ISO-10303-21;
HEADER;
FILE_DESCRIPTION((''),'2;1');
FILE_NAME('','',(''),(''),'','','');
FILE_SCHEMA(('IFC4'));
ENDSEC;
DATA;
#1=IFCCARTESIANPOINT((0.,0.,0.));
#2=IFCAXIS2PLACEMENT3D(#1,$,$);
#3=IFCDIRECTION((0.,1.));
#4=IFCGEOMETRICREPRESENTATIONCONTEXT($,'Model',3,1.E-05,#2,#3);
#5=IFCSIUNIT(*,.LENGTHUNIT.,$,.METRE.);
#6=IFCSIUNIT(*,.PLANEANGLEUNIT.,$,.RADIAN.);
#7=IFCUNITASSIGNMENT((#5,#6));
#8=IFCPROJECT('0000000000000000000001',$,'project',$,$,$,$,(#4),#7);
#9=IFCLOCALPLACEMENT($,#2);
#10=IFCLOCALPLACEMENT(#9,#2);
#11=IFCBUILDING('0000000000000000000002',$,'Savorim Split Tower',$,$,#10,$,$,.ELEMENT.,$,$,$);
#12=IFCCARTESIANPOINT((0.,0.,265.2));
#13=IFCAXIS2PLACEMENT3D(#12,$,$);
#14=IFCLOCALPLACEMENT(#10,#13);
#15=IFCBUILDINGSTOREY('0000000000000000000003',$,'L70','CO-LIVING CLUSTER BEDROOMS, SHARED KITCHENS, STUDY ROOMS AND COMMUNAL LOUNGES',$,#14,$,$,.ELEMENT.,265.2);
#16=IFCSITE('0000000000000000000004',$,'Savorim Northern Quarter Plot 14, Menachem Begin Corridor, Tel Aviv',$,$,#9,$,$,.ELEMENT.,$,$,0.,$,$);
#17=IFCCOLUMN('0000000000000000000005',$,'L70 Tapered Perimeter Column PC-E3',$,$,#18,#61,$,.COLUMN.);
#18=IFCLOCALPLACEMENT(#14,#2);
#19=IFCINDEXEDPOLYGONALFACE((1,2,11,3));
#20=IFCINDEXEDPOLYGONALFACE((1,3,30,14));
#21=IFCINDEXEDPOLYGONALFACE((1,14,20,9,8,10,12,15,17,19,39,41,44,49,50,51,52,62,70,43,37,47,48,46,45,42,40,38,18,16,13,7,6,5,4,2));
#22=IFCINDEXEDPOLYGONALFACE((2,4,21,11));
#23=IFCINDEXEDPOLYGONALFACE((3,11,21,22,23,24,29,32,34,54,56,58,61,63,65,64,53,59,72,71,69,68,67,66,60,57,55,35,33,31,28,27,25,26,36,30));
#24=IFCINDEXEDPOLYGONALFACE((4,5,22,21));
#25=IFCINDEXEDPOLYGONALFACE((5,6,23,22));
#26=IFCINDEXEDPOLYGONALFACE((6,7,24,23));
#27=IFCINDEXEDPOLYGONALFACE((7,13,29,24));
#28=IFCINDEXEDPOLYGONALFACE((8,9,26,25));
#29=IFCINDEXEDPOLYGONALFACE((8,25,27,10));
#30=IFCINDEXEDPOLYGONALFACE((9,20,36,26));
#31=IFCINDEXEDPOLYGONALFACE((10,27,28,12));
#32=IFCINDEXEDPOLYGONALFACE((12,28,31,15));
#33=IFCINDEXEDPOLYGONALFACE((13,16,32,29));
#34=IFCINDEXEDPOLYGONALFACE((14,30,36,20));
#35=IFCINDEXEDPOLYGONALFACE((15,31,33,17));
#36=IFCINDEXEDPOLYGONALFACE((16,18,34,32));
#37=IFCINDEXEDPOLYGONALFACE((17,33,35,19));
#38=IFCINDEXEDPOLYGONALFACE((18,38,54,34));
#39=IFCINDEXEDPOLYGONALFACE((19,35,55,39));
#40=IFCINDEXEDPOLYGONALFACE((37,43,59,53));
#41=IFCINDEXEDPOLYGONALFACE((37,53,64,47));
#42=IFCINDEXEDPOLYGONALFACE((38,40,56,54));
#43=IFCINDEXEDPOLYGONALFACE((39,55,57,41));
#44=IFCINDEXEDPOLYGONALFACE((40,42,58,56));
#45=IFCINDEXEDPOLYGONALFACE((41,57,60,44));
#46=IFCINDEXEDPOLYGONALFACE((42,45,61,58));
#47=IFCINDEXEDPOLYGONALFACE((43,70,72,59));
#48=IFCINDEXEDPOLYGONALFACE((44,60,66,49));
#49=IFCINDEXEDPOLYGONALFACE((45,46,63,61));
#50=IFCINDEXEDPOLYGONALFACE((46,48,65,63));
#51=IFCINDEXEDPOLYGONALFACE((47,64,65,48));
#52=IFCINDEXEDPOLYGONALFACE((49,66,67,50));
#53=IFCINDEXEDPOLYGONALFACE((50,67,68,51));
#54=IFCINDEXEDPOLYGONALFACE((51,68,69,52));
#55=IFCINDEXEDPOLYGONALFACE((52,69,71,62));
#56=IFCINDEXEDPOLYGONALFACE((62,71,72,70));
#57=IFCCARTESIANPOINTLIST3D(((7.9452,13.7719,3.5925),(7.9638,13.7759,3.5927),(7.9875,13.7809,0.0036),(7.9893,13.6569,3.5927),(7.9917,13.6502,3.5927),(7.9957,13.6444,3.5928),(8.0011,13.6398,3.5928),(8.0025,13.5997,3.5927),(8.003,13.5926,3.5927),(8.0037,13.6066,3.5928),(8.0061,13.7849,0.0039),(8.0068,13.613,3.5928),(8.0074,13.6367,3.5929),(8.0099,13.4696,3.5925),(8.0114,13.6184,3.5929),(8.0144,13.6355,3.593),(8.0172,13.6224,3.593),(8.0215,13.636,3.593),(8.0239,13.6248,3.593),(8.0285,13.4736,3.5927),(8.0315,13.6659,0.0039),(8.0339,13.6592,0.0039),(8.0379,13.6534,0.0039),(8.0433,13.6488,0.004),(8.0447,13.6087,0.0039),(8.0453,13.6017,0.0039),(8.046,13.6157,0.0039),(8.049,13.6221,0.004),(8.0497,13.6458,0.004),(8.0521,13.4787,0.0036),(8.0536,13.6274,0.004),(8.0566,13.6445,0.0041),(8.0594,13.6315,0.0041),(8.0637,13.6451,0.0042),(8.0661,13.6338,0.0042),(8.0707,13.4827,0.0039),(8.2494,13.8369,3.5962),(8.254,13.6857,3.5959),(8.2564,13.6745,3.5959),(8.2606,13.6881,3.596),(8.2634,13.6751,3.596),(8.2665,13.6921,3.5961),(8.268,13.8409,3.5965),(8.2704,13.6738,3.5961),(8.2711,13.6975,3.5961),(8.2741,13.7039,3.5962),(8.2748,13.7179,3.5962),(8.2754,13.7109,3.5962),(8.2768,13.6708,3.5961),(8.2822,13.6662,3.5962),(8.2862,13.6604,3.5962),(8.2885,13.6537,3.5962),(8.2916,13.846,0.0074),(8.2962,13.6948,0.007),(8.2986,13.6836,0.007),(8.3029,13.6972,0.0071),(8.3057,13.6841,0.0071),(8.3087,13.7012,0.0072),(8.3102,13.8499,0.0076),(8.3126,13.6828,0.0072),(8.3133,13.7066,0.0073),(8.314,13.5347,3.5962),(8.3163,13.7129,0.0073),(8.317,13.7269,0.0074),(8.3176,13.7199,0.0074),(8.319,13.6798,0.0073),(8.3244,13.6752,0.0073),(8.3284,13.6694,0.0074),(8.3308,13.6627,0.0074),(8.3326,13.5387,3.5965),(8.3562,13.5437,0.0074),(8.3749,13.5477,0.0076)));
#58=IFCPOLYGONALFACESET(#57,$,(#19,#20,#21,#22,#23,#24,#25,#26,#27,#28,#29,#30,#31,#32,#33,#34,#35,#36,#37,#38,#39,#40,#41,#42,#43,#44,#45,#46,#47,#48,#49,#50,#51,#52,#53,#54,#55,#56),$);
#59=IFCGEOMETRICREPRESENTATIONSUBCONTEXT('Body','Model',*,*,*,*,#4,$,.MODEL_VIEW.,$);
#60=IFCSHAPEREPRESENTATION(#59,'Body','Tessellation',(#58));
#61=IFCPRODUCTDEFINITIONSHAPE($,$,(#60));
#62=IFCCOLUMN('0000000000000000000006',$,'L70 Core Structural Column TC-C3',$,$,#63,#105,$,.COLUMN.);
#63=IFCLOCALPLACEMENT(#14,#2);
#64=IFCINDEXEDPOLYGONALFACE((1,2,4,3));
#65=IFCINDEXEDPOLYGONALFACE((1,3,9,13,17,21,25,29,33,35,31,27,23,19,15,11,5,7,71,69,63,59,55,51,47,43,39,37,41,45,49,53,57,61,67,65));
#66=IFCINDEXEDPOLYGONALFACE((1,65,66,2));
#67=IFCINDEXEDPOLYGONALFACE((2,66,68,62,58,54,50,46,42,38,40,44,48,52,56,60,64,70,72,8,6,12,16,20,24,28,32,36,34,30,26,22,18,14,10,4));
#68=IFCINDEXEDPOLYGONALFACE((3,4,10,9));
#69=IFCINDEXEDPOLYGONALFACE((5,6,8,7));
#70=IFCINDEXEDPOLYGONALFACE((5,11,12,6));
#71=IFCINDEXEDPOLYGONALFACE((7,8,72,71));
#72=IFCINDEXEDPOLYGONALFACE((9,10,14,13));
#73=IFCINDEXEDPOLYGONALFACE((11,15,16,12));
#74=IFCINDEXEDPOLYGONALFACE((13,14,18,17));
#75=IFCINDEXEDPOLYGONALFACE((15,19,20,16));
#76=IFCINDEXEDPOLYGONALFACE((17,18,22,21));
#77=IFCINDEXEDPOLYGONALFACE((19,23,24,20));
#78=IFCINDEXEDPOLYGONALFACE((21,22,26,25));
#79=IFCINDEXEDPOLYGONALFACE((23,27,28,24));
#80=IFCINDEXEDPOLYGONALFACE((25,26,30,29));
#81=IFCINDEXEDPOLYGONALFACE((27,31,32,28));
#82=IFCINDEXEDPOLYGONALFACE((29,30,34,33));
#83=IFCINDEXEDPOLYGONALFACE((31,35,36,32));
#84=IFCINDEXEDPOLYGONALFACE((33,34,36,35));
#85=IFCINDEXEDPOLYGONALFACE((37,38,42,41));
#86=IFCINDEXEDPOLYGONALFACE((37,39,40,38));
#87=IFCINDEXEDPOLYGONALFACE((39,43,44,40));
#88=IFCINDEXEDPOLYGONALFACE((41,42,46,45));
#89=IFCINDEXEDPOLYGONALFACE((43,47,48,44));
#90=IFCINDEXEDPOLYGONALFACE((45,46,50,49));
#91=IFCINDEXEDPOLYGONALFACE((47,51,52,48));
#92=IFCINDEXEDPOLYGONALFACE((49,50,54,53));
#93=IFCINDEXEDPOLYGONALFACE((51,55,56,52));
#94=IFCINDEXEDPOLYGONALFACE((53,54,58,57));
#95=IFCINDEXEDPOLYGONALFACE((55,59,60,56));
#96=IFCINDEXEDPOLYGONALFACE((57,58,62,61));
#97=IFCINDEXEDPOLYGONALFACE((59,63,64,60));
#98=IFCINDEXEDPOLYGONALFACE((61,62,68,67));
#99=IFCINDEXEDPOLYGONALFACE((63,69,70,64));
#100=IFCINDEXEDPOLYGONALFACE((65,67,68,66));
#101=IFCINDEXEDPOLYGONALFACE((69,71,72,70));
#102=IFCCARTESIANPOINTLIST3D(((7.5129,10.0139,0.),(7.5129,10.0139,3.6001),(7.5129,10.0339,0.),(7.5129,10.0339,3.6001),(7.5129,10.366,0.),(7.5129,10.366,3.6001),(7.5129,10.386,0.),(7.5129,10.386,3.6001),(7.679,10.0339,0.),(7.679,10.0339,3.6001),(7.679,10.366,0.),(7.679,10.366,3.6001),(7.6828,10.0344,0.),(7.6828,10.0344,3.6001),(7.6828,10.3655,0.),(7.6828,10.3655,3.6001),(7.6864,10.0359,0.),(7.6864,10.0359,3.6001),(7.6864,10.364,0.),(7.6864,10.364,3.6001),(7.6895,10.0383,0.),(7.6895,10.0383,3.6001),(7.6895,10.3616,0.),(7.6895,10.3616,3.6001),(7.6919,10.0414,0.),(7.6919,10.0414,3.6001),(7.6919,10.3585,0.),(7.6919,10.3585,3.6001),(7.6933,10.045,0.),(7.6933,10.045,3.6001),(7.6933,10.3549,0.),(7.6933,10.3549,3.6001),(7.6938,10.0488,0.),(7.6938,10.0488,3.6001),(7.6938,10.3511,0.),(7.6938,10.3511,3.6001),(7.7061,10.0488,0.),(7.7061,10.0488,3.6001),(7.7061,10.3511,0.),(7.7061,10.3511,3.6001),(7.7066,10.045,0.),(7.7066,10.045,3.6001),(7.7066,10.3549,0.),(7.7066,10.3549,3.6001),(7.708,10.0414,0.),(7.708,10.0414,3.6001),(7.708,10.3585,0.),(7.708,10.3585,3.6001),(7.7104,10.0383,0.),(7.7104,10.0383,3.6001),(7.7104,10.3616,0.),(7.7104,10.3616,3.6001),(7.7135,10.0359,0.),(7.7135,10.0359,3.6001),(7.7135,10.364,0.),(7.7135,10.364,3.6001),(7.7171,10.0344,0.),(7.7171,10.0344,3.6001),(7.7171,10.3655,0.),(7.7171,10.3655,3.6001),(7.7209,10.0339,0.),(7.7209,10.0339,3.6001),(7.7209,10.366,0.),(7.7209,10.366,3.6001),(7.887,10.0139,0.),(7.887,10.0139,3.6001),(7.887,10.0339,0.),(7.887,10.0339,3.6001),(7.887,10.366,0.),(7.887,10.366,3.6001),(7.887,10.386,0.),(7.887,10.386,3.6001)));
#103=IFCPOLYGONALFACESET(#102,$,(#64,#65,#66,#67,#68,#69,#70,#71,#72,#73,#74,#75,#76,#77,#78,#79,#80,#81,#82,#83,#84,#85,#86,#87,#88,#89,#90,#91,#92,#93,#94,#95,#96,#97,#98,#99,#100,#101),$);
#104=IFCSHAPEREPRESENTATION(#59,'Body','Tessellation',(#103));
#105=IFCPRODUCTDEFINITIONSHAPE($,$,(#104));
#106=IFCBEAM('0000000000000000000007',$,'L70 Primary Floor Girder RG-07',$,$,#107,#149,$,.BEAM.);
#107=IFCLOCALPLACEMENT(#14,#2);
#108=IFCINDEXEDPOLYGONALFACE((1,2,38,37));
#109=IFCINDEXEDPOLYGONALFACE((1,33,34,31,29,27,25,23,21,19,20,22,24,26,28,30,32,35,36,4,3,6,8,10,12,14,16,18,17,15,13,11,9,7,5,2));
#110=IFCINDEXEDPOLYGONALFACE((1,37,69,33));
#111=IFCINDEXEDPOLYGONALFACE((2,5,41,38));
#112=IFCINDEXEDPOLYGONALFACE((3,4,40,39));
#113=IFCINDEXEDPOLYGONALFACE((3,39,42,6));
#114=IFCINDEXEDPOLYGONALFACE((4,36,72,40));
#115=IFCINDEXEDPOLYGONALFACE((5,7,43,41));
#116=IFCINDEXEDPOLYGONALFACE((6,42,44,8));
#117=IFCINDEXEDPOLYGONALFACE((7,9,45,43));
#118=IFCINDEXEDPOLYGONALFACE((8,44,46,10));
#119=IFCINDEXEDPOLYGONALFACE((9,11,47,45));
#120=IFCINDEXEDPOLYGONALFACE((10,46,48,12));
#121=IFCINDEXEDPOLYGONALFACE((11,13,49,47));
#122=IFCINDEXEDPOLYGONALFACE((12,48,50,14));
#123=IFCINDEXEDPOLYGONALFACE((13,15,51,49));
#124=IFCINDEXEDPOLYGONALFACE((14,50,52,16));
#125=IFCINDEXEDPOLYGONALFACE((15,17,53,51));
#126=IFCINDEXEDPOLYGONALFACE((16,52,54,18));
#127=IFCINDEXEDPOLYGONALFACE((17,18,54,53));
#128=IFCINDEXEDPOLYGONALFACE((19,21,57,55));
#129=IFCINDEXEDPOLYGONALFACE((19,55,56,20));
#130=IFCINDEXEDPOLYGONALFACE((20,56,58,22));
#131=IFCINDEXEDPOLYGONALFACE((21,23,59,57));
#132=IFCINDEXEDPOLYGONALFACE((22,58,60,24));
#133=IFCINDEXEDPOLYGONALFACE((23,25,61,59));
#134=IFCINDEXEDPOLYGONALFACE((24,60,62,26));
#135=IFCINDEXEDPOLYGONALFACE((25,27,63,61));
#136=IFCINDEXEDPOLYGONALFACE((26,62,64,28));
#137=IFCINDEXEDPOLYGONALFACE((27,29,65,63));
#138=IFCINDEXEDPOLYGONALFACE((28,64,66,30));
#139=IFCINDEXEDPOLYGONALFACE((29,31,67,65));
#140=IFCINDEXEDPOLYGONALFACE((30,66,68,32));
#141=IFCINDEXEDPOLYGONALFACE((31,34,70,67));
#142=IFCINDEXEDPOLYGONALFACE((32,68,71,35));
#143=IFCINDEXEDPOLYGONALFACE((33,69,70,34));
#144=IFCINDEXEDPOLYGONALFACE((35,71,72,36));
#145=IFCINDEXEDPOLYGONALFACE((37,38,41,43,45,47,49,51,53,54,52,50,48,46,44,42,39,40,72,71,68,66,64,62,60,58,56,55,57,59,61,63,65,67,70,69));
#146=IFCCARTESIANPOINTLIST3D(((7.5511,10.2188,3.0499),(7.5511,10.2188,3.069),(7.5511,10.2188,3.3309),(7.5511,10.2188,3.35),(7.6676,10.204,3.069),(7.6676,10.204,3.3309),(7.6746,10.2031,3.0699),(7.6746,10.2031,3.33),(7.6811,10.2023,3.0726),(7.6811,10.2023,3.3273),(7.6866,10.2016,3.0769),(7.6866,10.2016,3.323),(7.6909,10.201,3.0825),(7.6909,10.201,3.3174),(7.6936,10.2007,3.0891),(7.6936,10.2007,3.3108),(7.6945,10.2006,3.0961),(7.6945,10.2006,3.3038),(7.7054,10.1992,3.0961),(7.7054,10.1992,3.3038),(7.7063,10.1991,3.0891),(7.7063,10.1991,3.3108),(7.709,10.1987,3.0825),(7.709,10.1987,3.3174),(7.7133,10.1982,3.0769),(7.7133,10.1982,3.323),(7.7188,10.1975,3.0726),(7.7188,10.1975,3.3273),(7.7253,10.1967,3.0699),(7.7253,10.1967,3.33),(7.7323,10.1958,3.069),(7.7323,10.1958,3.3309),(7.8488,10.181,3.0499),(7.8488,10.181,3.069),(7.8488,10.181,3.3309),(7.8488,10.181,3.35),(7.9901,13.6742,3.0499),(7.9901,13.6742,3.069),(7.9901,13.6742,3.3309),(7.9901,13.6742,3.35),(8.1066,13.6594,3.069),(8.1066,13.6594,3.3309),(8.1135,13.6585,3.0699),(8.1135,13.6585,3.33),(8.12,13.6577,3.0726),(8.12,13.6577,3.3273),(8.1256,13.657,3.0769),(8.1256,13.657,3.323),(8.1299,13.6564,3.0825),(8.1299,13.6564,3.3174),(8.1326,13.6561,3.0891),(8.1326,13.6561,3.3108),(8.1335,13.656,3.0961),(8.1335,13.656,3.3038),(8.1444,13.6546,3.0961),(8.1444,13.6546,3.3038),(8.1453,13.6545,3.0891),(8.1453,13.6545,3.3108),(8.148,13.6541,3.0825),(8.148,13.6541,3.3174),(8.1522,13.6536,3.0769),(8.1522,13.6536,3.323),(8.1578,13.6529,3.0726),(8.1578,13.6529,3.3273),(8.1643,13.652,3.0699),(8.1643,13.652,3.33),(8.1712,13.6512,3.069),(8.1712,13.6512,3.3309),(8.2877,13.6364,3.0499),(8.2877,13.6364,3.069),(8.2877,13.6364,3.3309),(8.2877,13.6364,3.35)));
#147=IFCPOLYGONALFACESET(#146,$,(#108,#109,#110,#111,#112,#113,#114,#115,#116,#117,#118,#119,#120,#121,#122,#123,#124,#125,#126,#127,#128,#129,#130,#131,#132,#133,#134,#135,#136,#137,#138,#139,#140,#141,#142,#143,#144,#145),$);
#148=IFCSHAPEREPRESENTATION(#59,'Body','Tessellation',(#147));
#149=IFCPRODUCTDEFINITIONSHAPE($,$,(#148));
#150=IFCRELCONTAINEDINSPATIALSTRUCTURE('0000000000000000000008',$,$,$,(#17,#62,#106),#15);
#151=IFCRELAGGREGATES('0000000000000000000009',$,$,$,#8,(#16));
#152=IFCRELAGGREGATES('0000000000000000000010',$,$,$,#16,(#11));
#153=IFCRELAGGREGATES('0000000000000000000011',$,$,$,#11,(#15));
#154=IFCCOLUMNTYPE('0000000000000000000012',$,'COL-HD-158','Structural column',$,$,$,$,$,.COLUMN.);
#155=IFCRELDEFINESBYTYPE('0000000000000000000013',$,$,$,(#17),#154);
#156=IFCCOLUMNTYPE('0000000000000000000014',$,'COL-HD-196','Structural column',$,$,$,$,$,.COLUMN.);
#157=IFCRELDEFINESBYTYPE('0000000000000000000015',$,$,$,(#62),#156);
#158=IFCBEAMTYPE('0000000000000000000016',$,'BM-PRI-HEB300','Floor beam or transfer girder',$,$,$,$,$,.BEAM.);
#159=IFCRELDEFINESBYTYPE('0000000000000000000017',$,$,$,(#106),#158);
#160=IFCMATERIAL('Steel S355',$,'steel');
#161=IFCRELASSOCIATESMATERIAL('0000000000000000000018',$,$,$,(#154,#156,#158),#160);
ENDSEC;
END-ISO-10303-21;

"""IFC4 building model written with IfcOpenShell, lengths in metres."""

from ifc_helpers import new_model, si_unit, direction, frame, origin, origin_2d, place, context, subcontext, project, spatial, i_section, extrude, material, material_profile, profile_set, type_object, element, save


model = new_model("IFC4")

# Units and contexts
model_context = context("Model", 3, precision=1e-05, world=origin(), true_north=direction((0.0, 1.0)))
body_context = subcontext(model_context, "Body", "Model", "MODEL_VIEW")
ifc_project = project(units=[si_unit("LENGTHUNIT", "METRE"), si_unit("PLANEANGLEUNIT", "RADIAN")], contexts=[model_context])

# Site, building, storey
site_placement = place(None, origin())
site = spatial("IfcSite", under=ifc_project, at=site_placement, Name="Savorim Northern Quarter Plot 14, Menachem Begin Corridor, Tel Aviv", CompositionType="ELEMENT", RefElevation=0.0)
building_placement = place(site_placement, origin())
building = spatial("IfcBuilding", under=site, at=building_placement, Name="Savorim Split Tower", CompositionType="ELEMENT")
storey_placement = place(building_placement, frame((0.0, 0.0, 265.2)))
storey = spatial("IfcBuildingStorey", under=building, at=storey_placement, Name="L70", Description="CO-LIVING CLUSTER BEDROOMS, SHARED KITCHENS, STUDY ROOMS AND COMMUNAL LOUNGES", CompositionType="ELEMENT", Elevation=265.2)

# Columns
ifc_material_1 = material(Name="Steel S355", Category="steel")
ifc_material_profile_1 = material_profile(ifc_material_1, i_section(OverallWidth=0.3091, OverallDepth=0.3301, WebThickness=0.0115, FlangeThickness=0.019, FilletRadius=0.0271, at=origin_2d()), Name="HD 320x158")
ifc_profile_set_1 = profile_set([ifc_material_profile_1], Name="Steel S355")
column_type_1 = type_object("IfcColumnType", Name="COL-HD-158", Description="Structural column", PredefinedType="COLUMN", material=ifc_profile_set_1)
column_1_placement = place(storey_placement, frame((8.1812, 13.6643, 0.0056), z_axis=(-0.011768, -0.002517, 0.999928), x_axis=(0.209143, -0.977885, 0.0)))
element("IfcColumn", 1, at=column_1_placement, inside=storey, type_object=column_type_1, Name="L70 Tapered Perimeter Column PC-E3", PredefinedType="COLUMN", context=body_context, shape_type="SweptSolid", body=[
    extrude(i_section(OverallWidth=0.3091, OverallDepth=0.3301, WebThickness=0.0115, FlangeThickness=0.019, FilletRadius=0.0271, at=origin_2d()), origin(), (0.0, 0.0, 1.0), 3.5891),
])
ifc_material_profile_2 = material_profile(ifc_material_1, i_section(OverallWidth=0.374, OverallDepth=0.3721, WebThickness=0.0122, FlangeThickness=0.02, FilletRadius=0.0149, at=origin_2d()), Name="HD 360x196")
ifc_profile_set_2 = profile_set([ifc_material_profile_2], Name="Steel S355")
column_type_2 = type_object("IfcColumnType", Name="COL-HD-196", Description="Structural column", PredefinedType="COLUMN", material=ifc_profile_set_2)
column_2_placement = place(storey_placement, frame((7.7, 10.2, 0.0), z_axis=(0.0, 0.0, 1.0), x_axis=(1.0, 0.0, 0.0)))
element("IfcColumn", 2, at=column_2_placement, inside=storey, type_object=column_type_2, Name="L70 Core Structural Column TC-C3", PredefinedType="COLUMN", context=body_context, shape_type="SweptSolid", body=[
    extrude(i_section(OverallWidth=0.374, OverallDepth=0.3721, WebThickness=0.0122, FlangeThickness=0.02, FilletRadius=0.0149, at=origin_2d()), origin(), (0.0, 0.0, 1.0), 3.6001),
])

# Beam
ifc_material_profile_3 = material_profile(ifc_material_1, i_section(OverallWidth=0.3, OverallDepth=0.3, WebThickness=0.011, FlangeThickness=0.019, FilletRadius=0.0271, at=origin_2d()), Name="HEB 300")
ifc_profile_set_3 = profile_set([ifc_material_profile_3], Name="Steel S355")
beam_type_1 = type_object("IfcBeamType", Name="BM-PRI-HEB300", Description="Floor beam or transfer girder", PredefinedType="BEAM", material=ifc_profile_set_3)
beam_1_placement = place(storey_placement, frame((8.1389, 13.6553, 3.2), z_axis=(-0.126027, -0.992027, 0.0), x_axis=(0.992027, -0.126027, 0.0)))
element("IfcBeam", 3, at=beam_1_placement, inside=storey, type_object=beam_type_1, Name="L70 Primary Floor Girder RG-07", PredefinedType="BEAM", context=body_context, shape_type="SweptSolid", body=[
    extrude(i_section(OverallWidth=0.3, OverallDepth=0.3, WebThickness=0.011, FlangeThickness=0.019, FilletRadius=0.0271, at=origin_2d()), origin(), (0.0, 0.0, 1.0), 3.4832),
])

save(model, "model.ifc")
